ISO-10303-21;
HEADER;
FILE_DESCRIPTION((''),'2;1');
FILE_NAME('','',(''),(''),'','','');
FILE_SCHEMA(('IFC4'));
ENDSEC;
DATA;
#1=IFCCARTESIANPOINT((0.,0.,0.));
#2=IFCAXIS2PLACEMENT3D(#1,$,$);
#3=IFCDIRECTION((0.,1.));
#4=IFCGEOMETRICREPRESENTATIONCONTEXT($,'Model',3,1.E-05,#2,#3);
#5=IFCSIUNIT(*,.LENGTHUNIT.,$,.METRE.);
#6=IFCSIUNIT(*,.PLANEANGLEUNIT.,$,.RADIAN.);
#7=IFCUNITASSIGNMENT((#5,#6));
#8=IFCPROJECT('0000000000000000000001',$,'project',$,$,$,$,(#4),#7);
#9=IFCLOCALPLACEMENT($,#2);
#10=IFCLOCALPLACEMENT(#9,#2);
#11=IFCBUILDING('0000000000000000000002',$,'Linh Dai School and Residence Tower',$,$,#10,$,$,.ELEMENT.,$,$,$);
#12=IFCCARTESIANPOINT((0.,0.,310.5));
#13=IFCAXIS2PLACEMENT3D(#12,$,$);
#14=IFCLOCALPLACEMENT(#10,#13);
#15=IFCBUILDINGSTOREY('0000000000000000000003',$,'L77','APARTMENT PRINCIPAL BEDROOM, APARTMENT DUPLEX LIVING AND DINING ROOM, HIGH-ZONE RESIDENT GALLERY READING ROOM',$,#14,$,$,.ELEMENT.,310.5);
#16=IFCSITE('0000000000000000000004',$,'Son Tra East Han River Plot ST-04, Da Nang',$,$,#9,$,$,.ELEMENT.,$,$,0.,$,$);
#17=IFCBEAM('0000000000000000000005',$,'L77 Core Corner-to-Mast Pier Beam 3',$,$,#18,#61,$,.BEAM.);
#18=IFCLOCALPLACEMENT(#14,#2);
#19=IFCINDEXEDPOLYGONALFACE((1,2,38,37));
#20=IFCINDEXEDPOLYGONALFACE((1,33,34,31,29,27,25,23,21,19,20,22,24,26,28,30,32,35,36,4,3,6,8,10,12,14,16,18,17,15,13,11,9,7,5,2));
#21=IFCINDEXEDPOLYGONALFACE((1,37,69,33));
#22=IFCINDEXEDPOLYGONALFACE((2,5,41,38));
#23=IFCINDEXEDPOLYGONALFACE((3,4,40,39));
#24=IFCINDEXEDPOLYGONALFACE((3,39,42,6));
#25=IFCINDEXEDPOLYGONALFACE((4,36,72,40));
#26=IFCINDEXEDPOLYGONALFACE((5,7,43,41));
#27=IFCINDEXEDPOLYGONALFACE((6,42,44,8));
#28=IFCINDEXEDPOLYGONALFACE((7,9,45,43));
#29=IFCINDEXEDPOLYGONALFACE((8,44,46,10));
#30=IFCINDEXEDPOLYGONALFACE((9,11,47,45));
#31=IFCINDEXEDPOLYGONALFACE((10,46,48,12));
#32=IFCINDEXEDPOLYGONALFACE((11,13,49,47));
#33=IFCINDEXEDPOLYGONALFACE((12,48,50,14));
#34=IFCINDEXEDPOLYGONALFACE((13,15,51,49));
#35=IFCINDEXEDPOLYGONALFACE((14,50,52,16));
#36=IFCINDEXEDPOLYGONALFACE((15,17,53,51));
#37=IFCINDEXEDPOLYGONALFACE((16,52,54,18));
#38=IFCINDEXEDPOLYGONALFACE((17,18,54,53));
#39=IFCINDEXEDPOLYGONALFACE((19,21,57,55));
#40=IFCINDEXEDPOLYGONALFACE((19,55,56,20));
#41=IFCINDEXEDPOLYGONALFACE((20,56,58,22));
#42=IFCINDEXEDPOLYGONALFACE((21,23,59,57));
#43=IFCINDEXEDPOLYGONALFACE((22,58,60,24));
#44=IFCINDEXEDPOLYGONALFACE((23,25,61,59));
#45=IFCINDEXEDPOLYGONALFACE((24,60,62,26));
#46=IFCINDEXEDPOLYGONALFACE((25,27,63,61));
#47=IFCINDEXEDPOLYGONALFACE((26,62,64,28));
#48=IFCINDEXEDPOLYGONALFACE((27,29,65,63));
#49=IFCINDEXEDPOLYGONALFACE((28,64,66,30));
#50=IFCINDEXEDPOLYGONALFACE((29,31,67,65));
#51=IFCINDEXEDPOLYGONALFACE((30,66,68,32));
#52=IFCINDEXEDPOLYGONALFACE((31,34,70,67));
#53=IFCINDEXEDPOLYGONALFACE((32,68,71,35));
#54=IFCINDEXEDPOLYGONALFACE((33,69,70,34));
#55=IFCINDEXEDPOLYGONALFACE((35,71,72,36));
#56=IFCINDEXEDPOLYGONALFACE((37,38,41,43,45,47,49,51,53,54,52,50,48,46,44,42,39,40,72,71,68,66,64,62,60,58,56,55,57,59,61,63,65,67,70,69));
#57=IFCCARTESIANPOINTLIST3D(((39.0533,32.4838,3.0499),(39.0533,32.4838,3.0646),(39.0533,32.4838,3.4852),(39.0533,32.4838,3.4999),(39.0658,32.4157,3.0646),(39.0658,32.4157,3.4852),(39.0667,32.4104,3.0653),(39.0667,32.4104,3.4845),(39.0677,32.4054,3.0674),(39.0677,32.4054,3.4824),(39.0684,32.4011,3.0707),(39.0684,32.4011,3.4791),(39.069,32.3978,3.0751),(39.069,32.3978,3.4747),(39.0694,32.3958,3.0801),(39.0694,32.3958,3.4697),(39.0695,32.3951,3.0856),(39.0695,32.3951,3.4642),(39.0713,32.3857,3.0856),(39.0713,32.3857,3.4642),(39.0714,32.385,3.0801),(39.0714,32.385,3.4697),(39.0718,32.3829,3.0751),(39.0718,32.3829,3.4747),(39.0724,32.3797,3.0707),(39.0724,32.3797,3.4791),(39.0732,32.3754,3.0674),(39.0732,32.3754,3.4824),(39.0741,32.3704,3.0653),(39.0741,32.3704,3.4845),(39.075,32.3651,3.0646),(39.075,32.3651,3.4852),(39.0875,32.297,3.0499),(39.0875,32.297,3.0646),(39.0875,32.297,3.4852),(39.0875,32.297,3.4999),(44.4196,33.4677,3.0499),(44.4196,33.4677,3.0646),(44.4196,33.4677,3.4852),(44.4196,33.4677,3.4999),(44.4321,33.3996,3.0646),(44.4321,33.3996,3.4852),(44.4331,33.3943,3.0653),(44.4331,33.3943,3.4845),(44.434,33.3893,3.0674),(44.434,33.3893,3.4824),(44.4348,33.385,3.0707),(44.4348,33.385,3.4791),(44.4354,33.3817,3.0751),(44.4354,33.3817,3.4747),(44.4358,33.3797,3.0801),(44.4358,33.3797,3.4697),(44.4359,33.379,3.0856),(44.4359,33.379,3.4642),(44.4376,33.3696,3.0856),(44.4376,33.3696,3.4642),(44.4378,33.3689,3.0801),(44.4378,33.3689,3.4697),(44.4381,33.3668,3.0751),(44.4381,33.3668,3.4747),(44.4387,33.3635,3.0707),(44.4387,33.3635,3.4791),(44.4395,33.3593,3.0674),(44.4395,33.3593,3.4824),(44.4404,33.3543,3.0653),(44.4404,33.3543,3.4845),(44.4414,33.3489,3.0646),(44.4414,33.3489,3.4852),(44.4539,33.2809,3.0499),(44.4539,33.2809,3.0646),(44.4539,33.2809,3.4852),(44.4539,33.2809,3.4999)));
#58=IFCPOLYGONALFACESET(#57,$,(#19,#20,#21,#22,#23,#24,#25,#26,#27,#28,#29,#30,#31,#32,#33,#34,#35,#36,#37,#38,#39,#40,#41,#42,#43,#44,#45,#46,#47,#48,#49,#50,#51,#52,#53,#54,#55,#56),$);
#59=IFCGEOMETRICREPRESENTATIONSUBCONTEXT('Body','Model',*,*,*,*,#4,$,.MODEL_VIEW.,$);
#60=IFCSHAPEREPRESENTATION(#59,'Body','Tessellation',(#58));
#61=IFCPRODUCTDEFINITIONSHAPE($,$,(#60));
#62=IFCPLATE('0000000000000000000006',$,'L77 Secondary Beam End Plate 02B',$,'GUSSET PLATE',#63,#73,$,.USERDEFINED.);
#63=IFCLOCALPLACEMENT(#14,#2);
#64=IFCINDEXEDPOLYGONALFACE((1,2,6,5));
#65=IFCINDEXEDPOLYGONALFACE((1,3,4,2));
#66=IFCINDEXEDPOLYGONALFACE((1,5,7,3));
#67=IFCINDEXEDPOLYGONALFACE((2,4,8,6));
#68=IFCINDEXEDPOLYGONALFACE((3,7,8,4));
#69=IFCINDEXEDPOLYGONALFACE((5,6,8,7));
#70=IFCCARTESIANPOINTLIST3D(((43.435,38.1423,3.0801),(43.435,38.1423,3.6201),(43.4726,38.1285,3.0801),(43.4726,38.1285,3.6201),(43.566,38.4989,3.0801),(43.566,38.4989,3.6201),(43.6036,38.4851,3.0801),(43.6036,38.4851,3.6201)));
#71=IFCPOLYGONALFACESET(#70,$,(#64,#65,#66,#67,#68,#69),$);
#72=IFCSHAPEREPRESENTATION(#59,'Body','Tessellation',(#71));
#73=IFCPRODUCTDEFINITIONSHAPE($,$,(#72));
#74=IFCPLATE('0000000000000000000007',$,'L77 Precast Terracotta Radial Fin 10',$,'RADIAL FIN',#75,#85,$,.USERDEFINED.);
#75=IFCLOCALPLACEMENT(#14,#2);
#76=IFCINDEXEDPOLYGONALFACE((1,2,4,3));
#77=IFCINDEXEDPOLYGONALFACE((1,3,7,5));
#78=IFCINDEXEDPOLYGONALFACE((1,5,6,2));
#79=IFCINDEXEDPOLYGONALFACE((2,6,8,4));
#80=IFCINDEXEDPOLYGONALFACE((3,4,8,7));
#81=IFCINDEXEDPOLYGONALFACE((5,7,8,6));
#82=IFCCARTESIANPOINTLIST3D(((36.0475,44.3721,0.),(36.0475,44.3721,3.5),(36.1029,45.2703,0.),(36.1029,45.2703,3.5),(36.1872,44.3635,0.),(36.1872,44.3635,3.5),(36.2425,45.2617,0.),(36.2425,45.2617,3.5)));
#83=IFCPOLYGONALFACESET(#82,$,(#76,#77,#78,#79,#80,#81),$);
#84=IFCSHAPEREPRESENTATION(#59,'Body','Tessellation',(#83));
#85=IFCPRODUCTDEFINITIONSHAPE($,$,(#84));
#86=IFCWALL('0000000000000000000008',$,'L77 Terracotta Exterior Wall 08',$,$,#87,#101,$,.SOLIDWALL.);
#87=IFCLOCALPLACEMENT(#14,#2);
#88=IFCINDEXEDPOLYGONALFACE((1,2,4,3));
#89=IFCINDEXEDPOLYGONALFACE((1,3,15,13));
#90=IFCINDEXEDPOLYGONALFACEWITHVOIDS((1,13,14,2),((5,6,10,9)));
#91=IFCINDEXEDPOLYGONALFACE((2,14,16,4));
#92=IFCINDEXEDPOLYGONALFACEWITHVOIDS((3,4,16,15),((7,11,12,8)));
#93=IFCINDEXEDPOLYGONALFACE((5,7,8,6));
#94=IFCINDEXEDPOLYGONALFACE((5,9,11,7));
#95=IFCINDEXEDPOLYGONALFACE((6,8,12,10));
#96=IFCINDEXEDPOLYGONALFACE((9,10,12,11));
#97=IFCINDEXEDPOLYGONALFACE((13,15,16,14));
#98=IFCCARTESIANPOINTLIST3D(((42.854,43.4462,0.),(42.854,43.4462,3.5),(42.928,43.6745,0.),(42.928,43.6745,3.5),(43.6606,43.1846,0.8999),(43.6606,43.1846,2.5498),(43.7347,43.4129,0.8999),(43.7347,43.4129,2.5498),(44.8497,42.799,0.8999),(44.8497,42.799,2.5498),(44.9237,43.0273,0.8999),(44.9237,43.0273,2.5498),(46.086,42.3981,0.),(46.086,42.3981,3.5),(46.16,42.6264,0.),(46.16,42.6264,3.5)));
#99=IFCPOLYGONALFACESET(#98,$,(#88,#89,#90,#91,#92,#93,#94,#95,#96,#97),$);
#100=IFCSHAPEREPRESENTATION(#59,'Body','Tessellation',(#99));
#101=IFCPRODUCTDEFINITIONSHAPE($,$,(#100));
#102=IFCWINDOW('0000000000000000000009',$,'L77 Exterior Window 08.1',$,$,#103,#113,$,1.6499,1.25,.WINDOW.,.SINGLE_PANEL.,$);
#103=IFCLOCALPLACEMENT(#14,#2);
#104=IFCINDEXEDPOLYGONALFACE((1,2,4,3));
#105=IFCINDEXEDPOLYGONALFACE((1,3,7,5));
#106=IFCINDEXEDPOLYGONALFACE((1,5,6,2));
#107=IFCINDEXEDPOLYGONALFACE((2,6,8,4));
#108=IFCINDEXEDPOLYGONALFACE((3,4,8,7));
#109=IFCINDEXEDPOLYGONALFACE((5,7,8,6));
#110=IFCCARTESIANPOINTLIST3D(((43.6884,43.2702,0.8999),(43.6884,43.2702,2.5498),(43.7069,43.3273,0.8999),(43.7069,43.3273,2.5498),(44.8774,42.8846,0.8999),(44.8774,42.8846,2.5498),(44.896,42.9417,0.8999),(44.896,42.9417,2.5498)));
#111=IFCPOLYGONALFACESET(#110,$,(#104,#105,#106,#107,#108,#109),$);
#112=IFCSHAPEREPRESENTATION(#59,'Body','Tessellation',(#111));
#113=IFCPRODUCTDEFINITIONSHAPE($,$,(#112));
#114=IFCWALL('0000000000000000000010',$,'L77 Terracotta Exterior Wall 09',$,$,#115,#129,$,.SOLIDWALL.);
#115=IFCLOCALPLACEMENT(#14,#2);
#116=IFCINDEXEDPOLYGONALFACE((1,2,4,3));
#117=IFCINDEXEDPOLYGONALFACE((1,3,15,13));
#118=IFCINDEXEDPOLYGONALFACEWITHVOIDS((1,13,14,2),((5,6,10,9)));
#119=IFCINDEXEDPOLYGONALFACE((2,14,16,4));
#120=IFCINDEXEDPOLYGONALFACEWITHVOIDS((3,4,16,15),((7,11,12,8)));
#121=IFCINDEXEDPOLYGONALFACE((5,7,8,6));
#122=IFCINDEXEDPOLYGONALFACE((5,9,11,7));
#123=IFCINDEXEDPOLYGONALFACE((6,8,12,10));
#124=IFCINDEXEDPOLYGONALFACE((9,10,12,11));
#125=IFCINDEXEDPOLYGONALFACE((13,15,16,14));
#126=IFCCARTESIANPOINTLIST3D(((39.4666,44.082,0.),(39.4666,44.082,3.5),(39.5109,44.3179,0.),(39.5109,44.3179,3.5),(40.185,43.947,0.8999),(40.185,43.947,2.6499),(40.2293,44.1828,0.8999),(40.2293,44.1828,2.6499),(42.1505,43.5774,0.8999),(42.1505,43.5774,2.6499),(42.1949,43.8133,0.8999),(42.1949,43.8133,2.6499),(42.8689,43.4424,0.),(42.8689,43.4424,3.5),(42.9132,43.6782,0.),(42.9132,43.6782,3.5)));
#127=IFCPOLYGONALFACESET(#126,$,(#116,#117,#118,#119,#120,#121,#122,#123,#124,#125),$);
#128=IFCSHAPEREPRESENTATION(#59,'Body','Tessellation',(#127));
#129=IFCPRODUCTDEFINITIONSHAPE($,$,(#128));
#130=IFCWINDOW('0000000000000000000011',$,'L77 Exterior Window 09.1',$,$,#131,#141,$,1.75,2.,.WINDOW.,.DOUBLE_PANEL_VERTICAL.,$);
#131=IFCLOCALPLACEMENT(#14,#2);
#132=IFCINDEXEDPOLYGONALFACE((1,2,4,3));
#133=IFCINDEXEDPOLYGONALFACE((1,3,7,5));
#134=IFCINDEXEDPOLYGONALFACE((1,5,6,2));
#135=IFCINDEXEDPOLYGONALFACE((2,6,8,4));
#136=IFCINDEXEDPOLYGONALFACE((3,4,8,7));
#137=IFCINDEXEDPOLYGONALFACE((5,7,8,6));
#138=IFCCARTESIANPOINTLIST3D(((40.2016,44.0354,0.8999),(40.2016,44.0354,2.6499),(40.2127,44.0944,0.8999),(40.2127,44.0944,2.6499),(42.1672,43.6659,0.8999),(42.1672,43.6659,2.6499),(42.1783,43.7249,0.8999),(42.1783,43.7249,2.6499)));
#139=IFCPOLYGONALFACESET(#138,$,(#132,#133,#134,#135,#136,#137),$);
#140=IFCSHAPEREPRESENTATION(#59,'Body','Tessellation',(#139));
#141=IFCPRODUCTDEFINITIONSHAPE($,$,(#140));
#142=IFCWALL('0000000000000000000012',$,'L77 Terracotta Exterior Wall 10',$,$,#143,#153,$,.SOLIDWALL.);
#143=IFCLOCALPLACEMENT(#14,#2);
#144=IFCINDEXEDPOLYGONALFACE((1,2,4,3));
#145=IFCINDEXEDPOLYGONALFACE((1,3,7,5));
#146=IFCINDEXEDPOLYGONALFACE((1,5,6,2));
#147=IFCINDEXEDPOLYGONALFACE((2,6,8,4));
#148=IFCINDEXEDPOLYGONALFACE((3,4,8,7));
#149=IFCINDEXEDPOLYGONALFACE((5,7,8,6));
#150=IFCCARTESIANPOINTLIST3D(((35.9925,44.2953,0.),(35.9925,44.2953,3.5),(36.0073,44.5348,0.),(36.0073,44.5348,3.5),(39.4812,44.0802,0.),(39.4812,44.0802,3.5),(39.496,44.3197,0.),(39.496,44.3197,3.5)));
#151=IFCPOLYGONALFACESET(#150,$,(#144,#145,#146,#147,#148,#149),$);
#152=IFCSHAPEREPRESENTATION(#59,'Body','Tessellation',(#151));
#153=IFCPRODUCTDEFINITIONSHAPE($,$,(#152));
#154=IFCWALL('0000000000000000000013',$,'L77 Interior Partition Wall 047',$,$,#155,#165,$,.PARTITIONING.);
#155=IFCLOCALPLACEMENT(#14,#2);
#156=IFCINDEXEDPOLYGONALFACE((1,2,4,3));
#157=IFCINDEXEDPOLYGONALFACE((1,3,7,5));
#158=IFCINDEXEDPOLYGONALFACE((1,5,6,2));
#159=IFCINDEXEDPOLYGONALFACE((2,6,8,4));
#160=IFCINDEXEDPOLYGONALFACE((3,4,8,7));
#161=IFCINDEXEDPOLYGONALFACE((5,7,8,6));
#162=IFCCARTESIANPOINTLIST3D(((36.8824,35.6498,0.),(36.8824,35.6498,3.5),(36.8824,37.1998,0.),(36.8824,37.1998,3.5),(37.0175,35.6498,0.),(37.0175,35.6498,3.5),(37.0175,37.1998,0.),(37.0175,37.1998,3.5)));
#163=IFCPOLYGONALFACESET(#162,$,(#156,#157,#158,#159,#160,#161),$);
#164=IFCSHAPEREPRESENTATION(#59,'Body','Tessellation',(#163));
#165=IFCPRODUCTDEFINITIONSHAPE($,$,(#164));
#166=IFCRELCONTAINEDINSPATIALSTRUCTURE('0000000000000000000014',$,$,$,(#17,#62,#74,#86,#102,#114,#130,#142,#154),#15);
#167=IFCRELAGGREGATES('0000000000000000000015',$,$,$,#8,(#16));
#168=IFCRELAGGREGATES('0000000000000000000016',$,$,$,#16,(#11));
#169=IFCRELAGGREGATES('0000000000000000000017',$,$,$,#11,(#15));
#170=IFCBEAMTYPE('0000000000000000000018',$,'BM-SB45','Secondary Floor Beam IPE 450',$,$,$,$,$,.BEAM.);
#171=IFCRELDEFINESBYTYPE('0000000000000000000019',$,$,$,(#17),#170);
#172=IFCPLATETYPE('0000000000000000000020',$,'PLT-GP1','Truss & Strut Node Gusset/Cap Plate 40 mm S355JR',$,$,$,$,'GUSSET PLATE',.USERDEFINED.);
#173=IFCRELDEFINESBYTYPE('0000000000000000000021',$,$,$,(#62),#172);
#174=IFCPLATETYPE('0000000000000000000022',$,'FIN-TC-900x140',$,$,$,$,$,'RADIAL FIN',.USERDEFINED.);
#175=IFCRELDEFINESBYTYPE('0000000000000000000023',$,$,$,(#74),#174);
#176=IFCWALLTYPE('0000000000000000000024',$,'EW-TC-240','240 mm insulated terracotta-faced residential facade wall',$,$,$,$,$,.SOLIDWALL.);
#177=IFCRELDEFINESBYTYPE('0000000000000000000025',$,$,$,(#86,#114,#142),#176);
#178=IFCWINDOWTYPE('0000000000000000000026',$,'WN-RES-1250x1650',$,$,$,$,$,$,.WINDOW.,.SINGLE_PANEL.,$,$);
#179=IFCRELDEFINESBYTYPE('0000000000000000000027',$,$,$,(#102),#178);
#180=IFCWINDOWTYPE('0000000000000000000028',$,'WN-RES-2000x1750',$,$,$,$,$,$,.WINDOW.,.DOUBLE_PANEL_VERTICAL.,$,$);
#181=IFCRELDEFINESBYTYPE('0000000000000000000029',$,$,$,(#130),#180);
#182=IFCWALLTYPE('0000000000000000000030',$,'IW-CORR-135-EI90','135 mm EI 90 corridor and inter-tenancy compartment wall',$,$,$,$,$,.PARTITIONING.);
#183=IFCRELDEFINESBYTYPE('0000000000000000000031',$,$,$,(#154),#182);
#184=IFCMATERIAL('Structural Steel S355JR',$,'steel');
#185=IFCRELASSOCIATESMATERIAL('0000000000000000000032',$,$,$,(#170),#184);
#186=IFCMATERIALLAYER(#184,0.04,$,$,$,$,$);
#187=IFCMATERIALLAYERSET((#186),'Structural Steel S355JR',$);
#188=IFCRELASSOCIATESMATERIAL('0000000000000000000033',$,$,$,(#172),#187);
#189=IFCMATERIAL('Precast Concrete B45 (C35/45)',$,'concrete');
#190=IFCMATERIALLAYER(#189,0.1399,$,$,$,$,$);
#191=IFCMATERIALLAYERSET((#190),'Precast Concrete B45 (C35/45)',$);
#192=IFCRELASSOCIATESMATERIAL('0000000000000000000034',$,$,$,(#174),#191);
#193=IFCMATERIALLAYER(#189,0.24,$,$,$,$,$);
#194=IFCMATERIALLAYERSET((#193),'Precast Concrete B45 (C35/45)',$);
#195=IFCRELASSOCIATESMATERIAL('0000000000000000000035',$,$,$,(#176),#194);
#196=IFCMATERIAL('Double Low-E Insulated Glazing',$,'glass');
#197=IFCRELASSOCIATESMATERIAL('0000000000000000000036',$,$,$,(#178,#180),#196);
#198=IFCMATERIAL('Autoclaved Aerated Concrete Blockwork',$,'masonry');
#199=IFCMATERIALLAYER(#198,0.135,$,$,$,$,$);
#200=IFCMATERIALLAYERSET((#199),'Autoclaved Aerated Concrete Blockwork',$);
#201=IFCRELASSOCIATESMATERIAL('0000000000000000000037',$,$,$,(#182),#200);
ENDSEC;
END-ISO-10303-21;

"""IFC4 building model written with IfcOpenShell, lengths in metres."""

from ifc_helpers import new_model, si_unit, direction, frame, frame_2d, origin, origin_2d, place, context, subcontext, project, spatial, rectangle, i_section, extrude, source, transform, mapped, material, layer, layer_set, material_profile, profile_set, type_object, element, fill, save


model = new_model("IFC4")

# Units and contexts
model_context = context("Model", 3, precision=1e-05, world=origin(), true_north=direction((0.0, 1.0)))
body_context = subcontext(model_context, "Body", "Model", "MODEL_VIEW")
ifc_project = project(units=[si_unit("LENGTHUNIT", "METRE"), si_unit("PLANEANGLEUNIT", "RADIAN")], contexts=[model_context])

# Site, building, storey
site_placement = place(None, origin())
site = spatial("IfcSite", under=ifc_project, at=site_placement, Name="Son Tra East Han River Plot ST-04, Da Nang", CompositionType="ELEMENT", RefElevation=0.0)
building_placement = place(site_placement, origin())
building = spatial("IfcBuilding", under=site, at=building_placement, Name="Linh Dai School and Residence Tower", CompositionType="ELEMENT")
storey_placement = place(building_placement, frame((0.0, 0.0, 310.5)))
storey = spatial("IfcBuildingStorey", under=building, at=storey_placement, Name="L77", Description="APARTMENT PRINCIPAL BEDROOM, APARTMENT DUPLEX LIVING AND DINING ROOM, HIGH-ZONE RESIDENT GALLERY READING ROOM", CompositionType="ELEMENT", Elevation=310.5)

# Beam
ifc_material_1 = material(Name="Structural Steel S355JR", Category="steel")
ifc_material_profile_1 = material_profile(ifc_material_1, i_section(OverallWidth=0.1899, OverallDepth=0.45, WebThickness=0.0095, FlangeThickness=0.0146, FilletRadius=0.021, at=origin_2d()), Name="IPE 450")
ifc_profile_set_1 = profile_set([ifc_material_profile_1], Name="Structural Steel S355JR")
beam_type_1 = type_object("IfcBeamType", Name="BM-SB45", Description="Secondary Floor Beam IPE 450", PredefinedType="BEAM", material=ifc_profile_set_1)
beam_1_placement = place(storey_placement, frame((44.4368, 33.3743, 3.2749), z_axis=(-0.983605, -0.180334, 0.0), x_axis=(0.180334, -0.983605, 0.0)))
element("IfcBeam", 1, at=beam_1_placement, inside=storey, type_object=beam_type_1, Name="L77 Core Corner-to-Mast Pier Beam 3", PredefinedType="BEAM", context=body_context, shape_type="SweptSolid", body=[
    extrude(i_section(OverallWidth=0.1899, OverallDepth=0.45, WebThickness=0.0095, FlangeThickness=0.0146, FilletRadius=0.021, at=origin_2d()), origin(), (0.0, 0.0, 1.0), 5.4558),
])

# Plates
ifc_layer_1 = layer(ifc_material_1, 0.04)
ifc_layer_set_1 = layer_set([ifc_layer_1], Name="Structural Steel S355JR")
plate_type_1 = type_object("IfcPlateType", Name="PLT-GP1", Description="Truss & Strut Node Gusset/Cap Plate 40 mm S355JR", ElementType="GUSSET PLATE", PredefinedType="USERDEFINED", material=ifc_layer_set_1)
shared_shape_1 = source(origin(), body_context, "Body", "SweptSolid", [
    extrude(rectangle(XDim=0.04, YDim=0.3799, at=origin_2d()), origin(), (0.0, 0.0, 1.0), 0.54),
])
plate_1_placement = place(storey_placement, frame((43.5193, 38.3137, 3.0801), z_axis=(0.0, 0.0, 1.0), x_axis=(-0.938695, 0.344748, 0.0)))
element("IfcPlate", 2, at=plate_1_placement, inside=storey, type_object=plate_type_1, Name="L77 Secondary Beam End Plate 02B", ObjectType="GUSSET PLATE", PredefinedType="USERDEFINED", context=body_context, shape_type="MappedRepresentation", body=[
    mapped(shared_shape_1, transform((0.0, 0.0, 0.0), x_axis=(1.0, 0.0, 0.0), y_axis=(0.0, 1.0, 0.0), z_axis=(0.0, 0.0, 1.0), scale=1.0)),
])
ifc_material_2 = material(Name="Precast Concrete B45 (C35/45)", Category="concrete")
ifc_layer_2 = layer(ifc_material_2, 0.1399)
ifc_layer_set_2 = layer_set([ifc_layer_2], Name="Precast Concrete B45 (C35/45)")
plate_type_2 = type_object("IfcPlateType", Name="FIN-TC-900x140", ElementType="RADIAL FIN", PredefinedType="USERDEFINED", material=ifc_layer_set_2)
shared_shape_2 = source(origin(), body_context, "Body", "SweptSolid", [
    extrude(rectangle(XDim=0.8999, YDim=0.1399, at=origin_2d()), origin(), (0.0, 0.0, 1.0), 3.5),
])
plate_2_placement = place(storey_placement, frame((36.145, 44.8169, 0.0), z_axis=(0.0, 0.0, 1.0), x_axis=(0.06151, 0.998106, 0.0)))
element("IfcPlate", 3, at=plate_2_placement, inside=storey, type_object=plate_type_2, Name="L77 Precast Terracotta Radial Fin 10", ObjectType="RADIAL FIN", PredefinedType="USERDEFINED", context=body_context, shape_type="MappedRepresentation", body=[
    mapped(shared_shape_2, transform((0.0, 0.0, 0.0), x_axis=(1.0, 0.0, 0.0), y_axis=(0.0, 1.0, 0.0), z_axis=(0.0, 0.0, 1.0), scale=1.0)),
])

# Walls, openings, windows
ifc_layer_3 = layer(ifc_material_2, 0.24)
ifc_layer_set_3 = layer_set([ifc_layer_3], Name="Precast Concrete B45 (C35/45)")
wall_type_1 = type_object("IfcWallType", Name="EW-TC-240", Description="240 mm insulated terracotta-faced residential facade wall", PredefinedType="SOLIDWALL", material=ifc_layer_set_3)
wall_1_placement = place(storey_placement, frame((42.8911, 43.5603, 0.0), z_axis=(0.0, 0.0, 1.0), x_axis=(0.951231, -0.308478, 0.0)))
wall_1 = element("IfcWall", 4, at=wall_1_placement, inside=storey, type_object=wall_type_1, Name="L77 Terracotta Exterior Wall 08", PredefinedType="SOLIDWALL", context=body_context, shape_type="SweptSolid", body=[
    extrude(rectangle(XDim=3.3977, YDim=0.24, at=frame_2d((1.6987, 0.0))), origin(), (0.0, 0.0, 1.0), 3.5),
])
opening_1_placement = place(wall_1_placement, frame((0.8479, 0.0, 0.8999)))
opening_1 = element("IfcOpeningElement", 5, at=opening_1_placement, cuts=wall_1, PredefinedType="OPENING", context=body_context, shape_type="SweptSolid", body=[
    extrude(rectangle(XDim=1.25, YDim=1.6499, at=origin_2d()), frame((0.625, 0.1299, 0.825), z_axis=(0.0, -1.0, 0.0), x_axis=(1.0, 0.0, 0.0)), (0.0, 0.0, 1.0), 0.26),
])
ifc_material_3 = material(Name="Double Low-E Insulated Glazing", Category="glass")
window_type_1 = type_object("IfcWindowType", Name="WN-RES-1250x1650", PartitioningType="SINGLE_PANEL", PredefinedType="WINDOW", material=ifc_material_3)
shared_shape_3 = source(origin(), body_context, "Body", "SweptSolid", [
    extrude(rectangle(XDim=1.25, YDim=1.6499, at=origin_2d()), frame((0.625, 0.03, 0.825), z_axis=(0.0, -1.0, 0.0), x_axis=(1.0, 0.0, 0.0)), (0.0, 0.0, 1.0), 0.0601),
])
window_1_placement = place(opening_1_placement, origin())
window_1 = element("IfcWindow", 6, at=window_1_placement, inside=storey, type_object=window_type_1, Name="L77 Exterior Window 08.1", OverallHeight=1.6499, OverallWidth=1.25, PartitioningType="SINGLE_PANEL", PredefinedType="WINDOW", context=body_context, shape_type="MappedRepresentation", body=[
    mapped(shared_shape_3, transform((0.0, 0.0, 0.0), x_axis=(1.0, 0.0, 0.0), y_axis=(0.0, 1.0, 0.0), z_axis=(0.0, 0.0, 1.0), scale=1.0)),
])
fill(opening_1, window_1)
wall_2_placement = place(storey_placement, frame((39.4888, 44.2, 0.0), z_axis=(0.0, 0.0, 1.0), x_axis=(0.982783, -0.184765, 0.0)))
wall_2 = element("IfcWall", 7, at=wall_2_placement, inside=storey, type_object=wall_type_1, Name="L77 Terracotta Exterior Wall 09", PredefinedType="SOLIDWALL", context=body_context, shape_type="SweptSolid", body=[
    extrude(rectangle(XDim=3.4619, YDim=0.24, at=frame_2d((1.731, 0.0))), origin(), (0.0, 0.0, 1.0), 3.5),
])
opening_2_placement = place(wall_2_placement, frame((0.731, 0.0, 0.8999)))
opening_2 = element("IfcOpeningElement", 8, at=opening_2_placement, cuts=wall_2, PredefinedType="OPENING", context=body_context, shape_type="SweptSolid", body=[
    extrude(rectangle(XDim=2.0, YDim=1.75, at=origin_2d()), frame((1.0, 0.1299, 0.875), z_axis=(0.0, -1.0, 0.0), x_axis=(1.0, 0.0, 0.0)), (0.0, 0.0, 1.0), 0.26),
])
window_type_2 = type_object("IfcWindowType", Name="WN-RES-2000x1750", PartitioningType="DOUBLE_PANEL_VERTICAL", PredefinedType="WINDOW", material=ifc_material_3)
shared_shape_4 = source(origin(), body_context, "Body", "SweptSolid", [
    extrude(rectangle(XDim=2.0, YDim=1.75, at=origin_2d()), frame((1.0, 0.03, 0.875), z_axis=(0.0, -1.0, 0.0), x_axis=(1.0, 0.0, 0.0)), (0.0, 0.0, 1.0), 0.0601),
])
window_2_placement = place(opening_2_placement, origin())
window_2 = element("IfcWindow", 9, at=window_2_placement, inside=storey, type_object=window_type_2, Name="L77 Exterior Window 09.1", OverallHeight=1.75, OverallWidth=2.0, PartitioningType="DOUBLE_PANEL_VERTICAL", PredefinedType="WINDOW", context=body_context, shape_type="MappedRepresentation", body=[
    mapped(shared_shape_4, transform((0.0, 0.0, 0.0), x_axis=(1.0, 0.0, 0.0), y_axis=(0.0, 1.0, 0.0), z_axis=(0.0, 0.0, 1.0), scale=1.0)),
])
fill(opening_2, window_2)

# Walls
wall_3_placement = place(storey_placement, frame((36.0, 44.415, 0.0), z_axis=(0.0, 0.0, 1.0), x_axis=(0.998105, -0.061535, 0.0)))
element("IfcWall", 10, at=wall_3_placement, inside=storey, type_object=wall_type_1, Name="L77 Terracotta Exterior Wall 10", PredefinedType="SOLIDWALL", context=body_context, shape_type="SweptSolid", body=[
    extrude(rectangle(XDim=3.4954, YDim=0.24, at=frame_2d((1.7476, 0.0))), origin(), (0.0, 0.0, 1.0), 3.5),
])
ifc_material_4 = material(Name="Autoclaved Aerated Concrete Blockwork", Category="masonry")
ifc_layer_4 = layer(ifc_material_4, 0.135)
ifc_layer_set_4 = layer_set([ifc_layer_4], Name="Autoclaved Aerated Concrete Blockwork")
wall_type_2 = type_object("IfcWallType", Name="IW-CORR-135-EI90", Description="135 mm EI 90 corridor and inter-tenancy compartment wall", PredefinedType="PARTITIONING", material=ifc_layer_set_4)
wall_4_placement = place(storey_placement, frame((36.95, 35.6499, 0.0), z_axis=(0.0, 0.0, 1.0), x_axis=(0.0, 1.0, 0.0)))
element("IfcWall", 11, at=wall_4_placement, inside=storey, type_object=wall_type_2, Name="L77 Interior Partition Wall 047", PredefinedType="PARTITIONING", context=body_context, shape_type="SweptSolid", body=[
    extrude(rectangle(XDim=1.55, YDim=0.135, at=frame_2d((0.7749, 0.0))), origin(), (0.0, 0.0, 1.0), 3.5),
])

save(model, "model.ifc")
